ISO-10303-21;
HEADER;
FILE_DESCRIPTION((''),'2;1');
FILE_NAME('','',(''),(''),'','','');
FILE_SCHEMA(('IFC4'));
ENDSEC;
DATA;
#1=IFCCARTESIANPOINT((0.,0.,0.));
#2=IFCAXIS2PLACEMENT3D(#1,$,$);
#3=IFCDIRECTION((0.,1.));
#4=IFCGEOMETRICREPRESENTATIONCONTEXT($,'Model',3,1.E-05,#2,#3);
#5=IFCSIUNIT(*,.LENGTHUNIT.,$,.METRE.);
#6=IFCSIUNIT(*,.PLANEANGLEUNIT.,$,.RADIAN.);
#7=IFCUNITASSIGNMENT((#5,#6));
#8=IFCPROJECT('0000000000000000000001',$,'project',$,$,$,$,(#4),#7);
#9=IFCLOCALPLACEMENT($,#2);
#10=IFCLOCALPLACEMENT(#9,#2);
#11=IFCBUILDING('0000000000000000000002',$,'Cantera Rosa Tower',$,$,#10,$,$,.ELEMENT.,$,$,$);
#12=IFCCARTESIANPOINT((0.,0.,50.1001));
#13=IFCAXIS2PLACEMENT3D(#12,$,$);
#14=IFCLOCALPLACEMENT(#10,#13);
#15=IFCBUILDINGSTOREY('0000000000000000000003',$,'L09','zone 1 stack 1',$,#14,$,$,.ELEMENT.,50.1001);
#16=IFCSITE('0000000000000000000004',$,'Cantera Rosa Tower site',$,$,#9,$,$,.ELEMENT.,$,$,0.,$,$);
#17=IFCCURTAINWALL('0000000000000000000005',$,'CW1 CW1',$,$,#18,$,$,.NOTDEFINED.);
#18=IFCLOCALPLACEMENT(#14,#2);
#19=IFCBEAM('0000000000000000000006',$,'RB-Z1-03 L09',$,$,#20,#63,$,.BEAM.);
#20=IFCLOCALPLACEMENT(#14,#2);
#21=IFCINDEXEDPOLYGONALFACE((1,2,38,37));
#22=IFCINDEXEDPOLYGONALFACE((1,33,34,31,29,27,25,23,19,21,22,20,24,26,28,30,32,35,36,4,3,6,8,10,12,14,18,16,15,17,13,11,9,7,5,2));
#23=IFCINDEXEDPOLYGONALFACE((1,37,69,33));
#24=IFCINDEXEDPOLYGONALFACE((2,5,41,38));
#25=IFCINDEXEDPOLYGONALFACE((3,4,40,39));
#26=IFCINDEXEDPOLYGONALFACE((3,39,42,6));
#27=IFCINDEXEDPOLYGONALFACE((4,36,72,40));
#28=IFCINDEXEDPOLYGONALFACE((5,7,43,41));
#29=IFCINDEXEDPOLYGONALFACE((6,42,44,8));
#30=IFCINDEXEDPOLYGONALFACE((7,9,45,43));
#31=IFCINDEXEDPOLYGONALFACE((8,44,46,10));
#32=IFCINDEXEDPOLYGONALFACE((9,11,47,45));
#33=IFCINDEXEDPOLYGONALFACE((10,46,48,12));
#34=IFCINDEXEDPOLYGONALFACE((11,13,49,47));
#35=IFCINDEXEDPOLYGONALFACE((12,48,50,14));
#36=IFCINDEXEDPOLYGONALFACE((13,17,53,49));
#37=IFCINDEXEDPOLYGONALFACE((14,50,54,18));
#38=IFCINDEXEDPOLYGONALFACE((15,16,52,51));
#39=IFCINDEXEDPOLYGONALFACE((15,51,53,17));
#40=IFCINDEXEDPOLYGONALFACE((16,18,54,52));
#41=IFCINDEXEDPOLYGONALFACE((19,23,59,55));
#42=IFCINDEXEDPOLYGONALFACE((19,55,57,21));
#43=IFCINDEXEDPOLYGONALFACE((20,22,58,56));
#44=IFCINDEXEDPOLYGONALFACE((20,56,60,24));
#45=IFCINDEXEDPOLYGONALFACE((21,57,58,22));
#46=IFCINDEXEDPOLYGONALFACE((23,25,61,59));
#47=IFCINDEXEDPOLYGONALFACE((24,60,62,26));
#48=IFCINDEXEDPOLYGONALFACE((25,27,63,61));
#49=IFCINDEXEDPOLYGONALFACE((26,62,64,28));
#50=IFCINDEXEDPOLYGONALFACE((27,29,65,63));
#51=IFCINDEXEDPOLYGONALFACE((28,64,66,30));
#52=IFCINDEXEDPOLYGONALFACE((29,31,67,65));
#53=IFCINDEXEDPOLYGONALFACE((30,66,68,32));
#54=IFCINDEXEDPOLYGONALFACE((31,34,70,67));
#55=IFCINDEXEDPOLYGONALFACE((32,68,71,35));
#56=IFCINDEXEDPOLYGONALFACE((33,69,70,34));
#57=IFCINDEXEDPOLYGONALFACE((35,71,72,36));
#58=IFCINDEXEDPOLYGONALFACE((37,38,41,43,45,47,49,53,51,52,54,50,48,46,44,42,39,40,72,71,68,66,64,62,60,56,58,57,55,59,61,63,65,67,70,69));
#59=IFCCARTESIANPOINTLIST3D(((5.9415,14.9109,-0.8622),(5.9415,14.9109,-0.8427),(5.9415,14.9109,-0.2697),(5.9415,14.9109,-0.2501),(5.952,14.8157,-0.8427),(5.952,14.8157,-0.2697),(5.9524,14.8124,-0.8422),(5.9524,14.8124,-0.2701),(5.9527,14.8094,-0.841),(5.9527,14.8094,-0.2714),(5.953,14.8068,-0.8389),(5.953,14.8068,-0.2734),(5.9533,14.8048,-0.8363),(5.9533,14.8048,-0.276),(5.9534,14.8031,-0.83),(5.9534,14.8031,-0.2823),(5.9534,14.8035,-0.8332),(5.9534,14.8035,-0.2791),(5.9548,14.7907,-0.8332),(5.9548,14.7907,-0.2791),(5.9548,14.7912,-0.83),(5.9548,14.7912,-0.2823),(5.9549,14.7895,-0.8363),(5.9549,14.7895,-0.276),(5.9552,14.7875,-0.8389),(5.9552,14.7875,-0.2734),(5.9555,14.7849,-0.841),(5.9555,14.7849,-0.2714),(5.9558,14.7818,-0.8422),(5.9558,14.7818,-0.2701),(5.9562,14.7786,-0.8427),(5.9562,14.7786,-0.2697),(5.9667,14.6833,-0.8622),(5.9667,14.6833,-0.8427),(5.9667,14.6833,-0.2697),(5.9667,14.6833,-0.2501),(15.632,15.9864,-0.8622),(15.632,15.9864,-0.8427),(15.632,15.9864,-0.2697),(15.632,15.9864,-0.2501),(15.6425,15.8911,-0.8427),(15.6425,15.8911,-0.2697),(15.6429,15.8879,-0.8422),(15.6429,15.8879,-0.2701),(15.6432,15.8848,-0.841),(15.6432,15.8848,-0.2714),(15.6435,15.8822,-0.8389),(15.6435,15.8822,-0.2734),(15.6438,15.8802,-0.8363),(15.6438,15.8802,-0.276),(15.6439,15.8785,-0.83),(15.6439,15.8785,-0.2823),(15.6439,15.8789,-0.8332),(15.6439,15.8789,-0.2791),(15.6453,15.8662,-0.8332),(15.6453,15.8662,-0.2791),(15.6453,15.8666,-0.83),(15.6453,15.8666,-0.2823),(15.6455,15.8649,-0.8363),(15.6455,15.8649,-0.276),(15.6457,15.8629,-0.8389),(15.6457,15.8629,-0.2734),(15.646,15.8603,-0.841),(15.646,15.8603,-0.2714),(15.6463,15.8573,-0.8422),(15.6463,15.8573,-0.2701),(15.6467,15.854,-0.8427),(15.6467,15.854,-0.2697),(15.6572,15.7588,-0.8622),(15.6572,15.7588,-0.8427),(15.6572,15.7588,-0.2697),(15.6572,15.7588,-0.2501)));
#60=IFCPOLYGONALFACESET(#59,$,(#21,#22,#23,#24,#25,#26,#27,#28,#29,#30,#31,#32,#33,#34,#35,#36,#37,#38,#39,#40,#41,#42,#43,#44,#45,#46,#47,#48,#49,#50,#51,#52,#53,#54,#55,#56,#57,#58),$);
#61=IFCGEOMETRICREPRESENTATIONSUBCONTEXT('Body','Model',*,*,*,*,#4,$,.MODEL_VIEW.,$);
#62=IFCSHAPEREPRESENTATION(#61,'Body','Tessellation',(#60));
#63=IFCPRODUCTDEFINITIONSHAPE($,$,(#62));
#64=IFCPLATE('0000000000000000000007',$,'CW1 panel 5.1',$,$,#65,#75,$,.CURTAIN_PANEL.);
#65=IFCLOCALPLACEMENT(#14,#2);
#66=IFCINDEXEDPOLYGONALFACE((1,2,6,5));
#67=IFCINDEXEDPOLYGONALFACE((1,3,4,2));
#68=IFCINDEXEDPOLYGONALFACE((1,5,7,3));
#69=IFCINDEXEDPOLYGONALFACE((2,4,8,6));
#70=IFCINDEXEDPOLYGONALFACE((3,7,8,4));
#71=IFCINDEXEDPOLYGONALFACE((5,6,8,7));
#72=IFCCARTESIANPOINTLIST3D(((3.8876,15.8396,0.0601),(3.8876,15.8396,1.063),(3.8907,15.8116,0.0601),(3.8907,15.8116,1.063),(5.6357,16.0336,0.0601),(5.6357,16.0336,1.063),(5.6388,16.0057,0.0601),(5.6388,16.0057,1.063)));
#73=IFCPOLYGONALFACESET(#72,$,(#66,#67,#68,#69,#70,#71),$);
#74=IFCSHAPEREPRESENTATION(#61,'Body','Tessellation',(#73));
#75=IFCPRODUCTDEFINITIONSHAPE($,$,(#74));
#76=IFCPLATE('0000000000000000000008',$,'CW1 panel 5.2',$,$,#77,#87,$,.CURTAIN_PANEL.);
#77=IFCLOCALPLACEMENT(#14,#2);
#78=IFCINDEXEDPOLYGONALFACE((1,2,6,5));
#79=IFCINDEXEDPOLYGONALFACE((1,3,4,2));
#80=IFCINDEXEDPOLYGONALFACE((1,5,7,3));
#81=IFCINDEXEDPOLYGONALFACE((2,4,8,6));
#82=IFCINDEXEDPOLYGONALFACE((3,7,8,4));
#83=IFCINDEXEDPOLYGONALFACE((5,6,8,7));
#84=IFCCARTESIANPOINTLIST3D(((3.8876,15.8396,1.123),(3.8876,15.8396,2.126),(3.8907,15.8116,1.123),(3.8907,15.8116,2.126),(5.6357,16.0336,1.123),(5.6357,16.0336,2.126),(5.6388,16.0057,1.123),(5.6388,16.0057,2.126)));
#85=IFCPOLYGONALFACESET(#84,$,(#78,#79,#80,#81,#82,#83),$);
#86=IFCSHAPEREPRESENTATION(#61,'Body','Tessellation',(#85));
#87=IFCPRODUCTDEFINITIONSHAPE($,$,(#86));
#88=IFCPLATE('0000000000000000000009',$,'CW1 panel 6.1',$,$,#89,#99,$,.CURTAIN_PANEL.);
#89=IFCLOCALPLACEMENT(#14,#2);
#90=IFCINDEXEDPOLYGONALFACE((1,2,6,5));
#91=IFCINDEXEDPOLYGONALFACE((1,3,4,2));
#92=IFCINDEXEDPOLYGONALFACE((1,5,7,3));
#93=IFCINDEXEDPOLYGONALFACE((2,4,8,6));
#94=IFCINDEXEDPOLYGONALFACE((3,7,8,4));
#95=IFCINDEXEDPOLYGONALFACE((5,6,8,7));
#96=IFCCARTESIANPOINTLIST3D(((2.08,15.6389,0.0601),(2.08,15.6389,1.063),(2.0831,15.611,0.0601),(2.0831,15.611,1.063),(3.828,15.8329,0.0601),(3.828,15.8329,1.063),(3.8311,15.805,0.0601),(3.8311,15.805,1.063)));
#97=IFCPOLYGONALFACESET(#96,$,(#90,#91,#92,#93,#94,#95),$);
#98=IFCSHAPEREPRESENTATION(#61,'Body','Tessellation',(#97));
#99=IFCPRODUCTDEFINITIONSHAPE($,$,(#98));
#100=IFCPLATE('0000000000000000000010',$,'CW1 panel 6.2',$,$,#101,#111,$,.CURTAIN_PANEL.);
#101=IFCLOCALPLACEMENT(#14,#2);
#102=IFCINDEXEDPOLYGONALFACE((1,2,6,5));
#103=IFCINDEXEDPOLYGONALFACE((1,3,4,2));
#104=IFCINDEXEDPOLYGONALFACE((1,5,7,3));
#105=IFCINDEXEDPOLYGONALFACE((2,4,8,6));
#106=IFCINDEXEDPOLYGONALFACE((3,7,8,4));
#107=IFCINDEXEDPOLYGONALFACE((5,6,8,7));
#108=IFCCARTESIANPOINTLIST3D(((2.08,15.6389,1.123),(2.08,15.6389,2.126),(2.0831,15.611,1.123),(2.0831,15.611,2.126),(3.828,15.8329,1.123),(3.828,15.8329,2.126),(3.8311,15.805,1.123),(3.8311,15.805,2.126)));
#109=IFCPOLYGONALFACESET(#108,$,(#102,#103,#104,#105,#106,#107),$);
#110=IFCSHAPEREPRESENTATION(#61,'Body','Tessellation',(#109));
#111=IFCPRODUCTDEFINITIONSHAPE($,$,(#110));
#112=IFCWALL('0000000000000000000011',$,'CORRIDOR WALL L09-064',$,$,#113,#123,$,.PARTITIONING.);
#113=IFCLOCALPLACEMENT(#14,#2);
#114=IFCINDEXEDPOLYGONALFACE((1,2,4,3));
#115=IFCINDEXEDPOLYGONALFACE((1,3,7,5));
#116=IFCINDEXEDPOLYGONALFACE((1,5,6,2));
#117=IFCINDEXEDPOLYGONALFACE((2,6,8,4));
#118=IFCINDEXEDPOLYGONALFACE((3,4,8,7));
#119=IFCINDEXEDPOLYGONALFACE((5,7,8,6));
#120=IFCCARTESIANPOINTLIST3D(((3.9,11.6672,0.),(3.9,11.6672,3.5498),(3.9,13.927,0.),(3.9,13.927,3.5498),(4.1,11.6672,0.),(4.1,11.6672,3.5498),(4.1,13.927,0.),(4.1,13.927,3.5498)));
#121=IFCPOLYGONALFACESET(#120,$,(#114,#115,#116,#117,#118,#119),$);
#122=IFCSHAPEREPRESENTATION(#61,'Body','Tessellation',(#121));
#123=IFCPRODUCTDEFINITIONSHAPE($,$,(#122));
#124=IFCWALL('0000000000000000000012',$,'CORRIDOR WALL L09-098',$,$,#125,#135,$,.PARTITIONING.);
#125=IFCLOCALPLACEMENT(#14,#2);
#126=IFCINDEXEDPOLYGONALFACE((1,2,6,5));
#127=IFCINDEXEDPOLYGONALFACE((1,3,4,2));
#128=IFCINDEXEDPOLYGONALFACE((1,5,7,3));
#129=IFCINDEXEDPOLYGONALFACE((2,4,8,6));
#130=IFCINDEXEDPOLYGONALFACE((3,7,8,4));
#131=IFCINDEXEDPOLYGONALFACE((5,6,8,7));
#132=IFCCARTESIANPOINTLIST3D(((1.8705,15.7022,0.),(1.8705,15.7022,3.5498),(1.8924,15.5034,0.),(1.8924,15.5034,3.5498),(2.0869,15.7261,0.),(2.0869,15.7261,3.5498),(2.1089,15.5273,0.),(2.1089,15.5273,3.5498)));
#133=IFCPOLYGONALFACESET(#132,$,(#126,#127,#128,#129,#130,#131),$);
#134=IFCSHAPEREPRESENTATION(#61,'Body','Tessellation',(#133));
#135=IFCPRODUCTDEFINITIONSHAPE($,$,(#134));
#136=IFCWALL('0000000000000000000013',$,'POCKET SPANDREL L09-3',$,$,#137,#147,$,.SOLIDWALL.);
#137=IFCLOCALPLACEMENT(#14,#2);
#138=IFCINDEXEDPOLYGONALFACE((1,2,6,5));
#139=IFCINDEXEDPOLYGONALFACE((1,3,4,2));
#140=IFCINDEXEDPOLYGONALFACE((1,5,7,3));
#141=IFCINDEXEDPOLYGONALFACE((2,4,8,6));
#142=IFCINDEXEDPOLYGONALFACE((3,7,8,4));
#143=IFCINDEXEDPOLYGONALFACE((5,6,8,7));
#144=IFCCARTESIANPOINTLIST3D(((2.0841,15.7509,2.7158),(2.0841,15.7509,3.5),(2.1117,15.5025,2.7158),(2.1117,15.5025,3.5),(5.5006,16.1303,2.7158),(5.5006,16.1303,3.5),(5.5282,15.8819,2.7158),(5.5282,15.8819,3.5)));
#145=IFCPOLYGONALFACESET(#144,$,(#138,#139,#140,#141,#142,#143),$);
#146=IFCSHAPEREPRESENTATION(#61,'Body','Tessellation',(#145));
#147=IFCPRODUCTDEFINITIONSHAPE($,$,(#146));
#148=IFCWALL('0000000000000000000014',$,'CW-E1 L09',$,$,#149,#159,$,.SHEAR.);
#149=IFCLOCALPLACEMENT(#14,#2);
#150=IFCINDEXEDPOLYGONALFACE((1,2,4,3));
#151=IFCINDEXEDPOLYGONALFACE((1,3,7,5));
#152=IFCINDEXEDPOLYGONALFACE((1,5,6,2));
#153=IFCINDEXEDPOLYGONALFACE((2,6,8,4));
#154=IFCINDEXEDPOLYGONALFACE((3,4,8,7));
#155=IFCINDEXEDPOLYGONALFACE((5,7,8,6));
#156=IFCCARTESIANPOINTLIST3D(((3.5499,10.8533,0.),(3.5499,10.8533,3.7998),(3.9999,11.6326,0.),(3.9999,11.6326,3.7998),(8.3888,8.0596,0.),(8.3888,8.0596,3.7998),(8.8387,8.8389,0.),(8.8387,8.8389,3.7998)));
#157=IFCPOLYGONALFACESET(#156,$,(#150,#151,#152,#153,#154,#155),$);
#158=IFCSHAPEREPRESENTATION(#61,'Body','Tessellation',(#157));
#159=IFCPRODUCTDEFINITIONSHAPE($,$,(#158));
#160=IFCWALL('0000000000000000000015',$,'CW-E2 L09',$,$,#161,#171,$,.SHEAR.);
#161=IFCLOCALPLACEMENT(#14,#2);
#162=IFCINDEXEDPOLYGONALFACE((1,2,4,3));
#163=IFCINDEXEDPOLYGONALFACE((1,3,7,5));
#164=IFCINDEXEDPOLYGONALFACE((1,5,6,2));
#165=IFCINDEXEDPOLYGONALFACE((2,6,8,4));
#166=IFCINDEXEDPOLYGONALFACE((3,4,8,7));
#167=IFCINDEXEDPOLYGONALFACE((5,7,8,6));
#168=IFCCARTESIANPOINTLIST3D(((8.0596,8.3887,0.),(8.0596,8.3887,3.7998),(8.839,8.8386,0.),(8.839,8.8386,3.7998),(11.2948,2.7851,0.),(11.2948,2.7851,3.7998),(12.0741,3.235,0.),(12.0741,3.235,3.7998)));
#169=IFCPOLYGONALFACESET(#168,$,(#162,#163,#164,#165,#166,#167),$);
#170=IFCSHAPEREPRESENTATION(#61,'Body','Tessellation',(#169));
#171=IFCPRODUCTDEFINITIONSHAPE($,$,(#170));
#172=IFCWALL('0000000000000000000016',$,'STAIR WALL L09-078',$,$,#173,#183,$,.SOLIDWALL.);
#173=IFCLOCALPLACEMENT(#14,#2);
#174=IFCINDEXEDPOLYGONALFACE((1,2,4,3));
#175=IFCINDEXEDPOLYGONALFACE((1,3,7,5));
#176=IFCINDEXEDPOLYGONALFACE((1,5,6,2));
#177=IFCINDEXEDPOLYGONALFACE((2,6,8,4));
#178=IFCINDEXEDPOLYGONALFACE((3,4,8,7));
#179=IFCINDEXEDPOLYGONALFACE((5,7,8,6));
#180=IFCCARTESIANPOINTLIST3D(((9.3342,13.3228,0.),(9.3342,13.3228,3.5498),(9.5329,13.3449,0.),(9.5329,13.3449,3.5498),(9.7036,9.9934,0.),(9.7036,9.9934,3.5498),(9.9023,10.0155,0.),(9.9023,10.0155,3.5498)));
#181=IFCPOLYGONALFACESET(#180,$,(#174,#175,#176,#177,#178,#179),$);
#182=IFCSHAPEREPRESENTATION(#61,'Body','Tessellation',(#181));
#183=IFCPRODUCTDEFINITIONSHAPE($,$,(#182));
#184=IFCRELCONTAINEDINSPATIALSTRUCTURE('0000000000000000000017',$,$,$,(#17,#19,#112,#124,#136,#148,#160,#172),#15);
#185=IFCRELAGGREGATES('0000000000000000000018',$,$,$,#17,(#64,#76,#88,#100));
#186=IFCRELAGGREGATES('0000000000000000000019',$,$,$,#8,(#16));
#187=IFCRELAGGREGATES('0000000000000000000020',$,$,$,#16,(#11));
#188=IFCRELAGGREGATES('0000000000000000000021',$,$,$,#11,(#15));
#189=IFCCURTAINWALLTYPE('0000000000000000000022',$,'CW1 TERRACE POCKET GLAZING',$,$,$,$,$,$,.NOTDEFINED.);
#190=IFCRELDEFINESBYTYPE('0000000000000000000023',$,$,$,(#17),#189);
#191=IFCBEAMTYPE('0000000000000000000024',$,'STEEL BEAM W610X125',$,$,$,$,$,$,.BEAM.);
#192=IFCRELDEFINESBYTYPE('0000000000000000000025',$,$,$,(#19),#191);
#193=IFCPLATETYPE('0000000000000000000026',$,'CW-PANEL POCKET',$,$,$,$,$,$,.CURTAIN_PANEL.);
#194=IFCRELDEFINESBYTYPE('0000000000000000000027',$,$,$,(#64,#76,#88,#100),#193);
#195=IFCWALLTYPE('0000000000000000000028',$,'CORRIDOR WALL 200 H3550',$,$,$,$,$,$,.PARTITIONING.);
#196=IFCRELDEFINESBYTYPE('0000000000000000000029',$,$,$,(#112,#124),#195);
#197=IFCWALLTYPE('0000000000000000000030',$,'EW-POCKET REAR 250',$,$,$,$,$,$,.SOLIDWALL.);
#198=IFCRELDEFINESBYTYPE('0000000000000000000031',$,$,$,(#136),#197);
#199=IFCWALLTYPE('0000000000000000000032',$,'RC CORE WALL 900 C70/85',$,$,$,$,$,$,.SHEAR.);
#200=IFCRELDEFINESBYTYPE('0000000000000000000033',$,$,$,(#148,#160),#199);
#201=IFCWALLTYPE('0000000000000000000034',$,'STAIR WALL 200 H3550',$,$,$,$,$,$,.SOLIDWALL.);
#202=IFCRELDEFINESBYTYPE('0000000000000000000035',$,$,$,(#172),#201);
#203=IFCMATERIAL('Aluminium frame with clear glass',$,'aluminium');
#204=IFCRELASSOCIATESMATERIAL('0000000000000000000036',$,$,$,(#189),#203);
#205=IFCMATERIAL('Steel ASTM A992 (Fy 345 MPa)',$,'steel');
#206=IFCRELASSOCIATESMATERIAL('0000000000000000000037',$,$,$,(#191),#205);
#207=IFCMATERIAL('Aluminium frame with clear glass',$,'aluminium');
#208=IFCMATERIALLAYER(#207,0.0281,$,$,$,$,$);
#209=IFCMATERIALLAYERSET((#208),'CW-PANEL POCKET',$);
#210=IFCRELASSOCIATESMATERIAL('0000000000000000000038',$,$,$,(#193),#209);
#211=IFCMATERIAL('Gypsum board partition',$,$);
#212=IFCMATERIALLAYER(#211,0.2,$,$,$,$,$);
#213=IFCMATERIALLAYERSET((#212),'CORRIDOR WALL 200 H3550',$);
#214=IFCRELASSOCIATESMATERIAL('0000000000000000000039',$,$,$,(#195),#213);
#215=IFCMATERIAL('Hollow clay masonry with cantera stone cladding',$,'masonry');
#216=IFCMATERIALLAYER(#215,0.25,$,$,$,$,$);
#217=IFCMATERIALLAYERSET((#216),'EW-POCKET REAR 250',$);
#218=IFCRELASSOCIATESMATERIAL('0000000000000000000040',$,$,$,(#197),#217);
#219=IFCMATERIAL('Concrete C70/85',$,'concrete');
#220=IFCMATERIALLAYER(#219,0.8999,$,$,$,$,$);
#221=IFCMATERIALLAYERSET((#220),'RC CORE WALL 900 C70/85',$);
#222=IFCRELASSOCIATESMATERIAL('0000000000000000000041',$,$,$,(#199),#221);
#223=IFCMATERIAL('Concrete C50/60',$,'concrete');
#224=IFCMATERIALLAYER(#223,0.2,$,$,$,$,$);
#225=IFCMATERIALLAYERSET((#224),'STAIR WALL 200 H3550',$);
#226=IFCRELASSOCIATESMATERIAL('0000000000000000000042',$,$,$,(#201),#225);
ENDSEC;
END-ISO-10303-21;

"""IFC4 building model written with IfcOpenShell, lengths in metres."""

from ifc_helpers import new_model, si_unit, direction, frame, frame_2d, origin, origin_2d, place, context, subcontext, project, spatial, rectangle, i_section, extrude, material, layer, layer_set, material_profile, profile_set, type_object, element, aggregate, save


model = new_model("IFC4")

# Units and contexts
model_context = context("Model", 3, precision=1e-05, world=origin(), true_north=direction((0.0, 1.0)))
body_context = subcontext(model_context, "Body", "Model", "MODEL_VIEW")
ifc_project = project(units=[si_unit("LENGTHUNIT", "METRE"), si_unit("PLANEANGLEUNIT", "RADIAN")], contexts=[model_context])

# Site, building, storey
site_placement = place(None, origin())
site = spatial("IfcSite", under=ifc_project, at=site_placement, Name="Cantera Rosa Tower site", CompositionType="ELEMENT", RefElevation=0.0)
building_placement = place(site_placement, origin())
building = spatial("IfcBuilding", under=site, at=building_placement, Name="Cantera Rosa Tower", CompositionType="ELEMENT")
storey_placement = place(building_placement, frame((0.0, 0.0, 50.1001)))
storey = spatial("IfcBuildingStorey", under=building, at=storey_placement, Name="L09", Description="zone 1 stack 1", CompositionType="ELEMENT", Elevation=50.1001)

# Curtain wall
ifc_material_1 = material(Name="Aluminium frame with clear glass", Category="aluminium")
curtain_wall_type = type_object("IfcCurtainWallType", Name="CW1 TERRACE POCKET GLAZING", PredefinedType="NOTDEFINED", material=ifc_material_1)
curtain_wall_placement = place(storey_placement, origin())
curtain_wall = element("IfcCurtainWall", 1, at=curtain_wall_placement, inside=storey, type_object=curtain_wall_type, Name="CW1 CW1", PredefinedType="NOTDEFINED")

# Beam
ifc_material_2 = material(Name="Steel ASTM A992 (Fy 345 MPa)", Category="steel")
ifc_material_profile_1 = material_profile(ifc_material_2, i_section(OverallWidth=0.229, OverallDepth=0.6121, WebThickness=0.012, FlangeThickness=0.0195, FilletRadius=0.0127, at=origin_2d()), Name="W610X125")
ifc_profile_set_1 = profile_set([ifc_material_profile_1], Name="Steel ASTM A992 (Fy 345 MPa)")
beam_type = type_object("IfcBeamType", Name="STEEL BEAM W610X125", PredefinedType="BEAM", material=ifc_profile_set_1)
beam_placement = place(storey_placement, frame((5.9541, 14.7971, -0.5562), z_axis=(0.993898, 0.110302, 0.0), x_axis=(-0.110302, 0.993898, 0.0)))
element("IfcBeam", 2, at=beam_placement, inside=storey, type_object=beam_type, Name="RB-Z1-03 L09", PredefinedType="BEAM", context=body_context, shape_type="SweptSolid", body=[
    extrude(i_section(OverallWidth=0.229, OverallDepth=0.6121, WebThickness=0.012, FlangeThickness=0.0195, FilletRadius=0.0127, at=origin_2d()), origin(), (0.0, 0.0, 1.0), 9.75),
])

# Plates
ifc_material_3 = material(Name="Aluminium frame with clear glass", Category="aluminium")
ifc_layer_1 = layer(ifc_material_3, 0.0281)
ifc_layer_set_1 = layer_set([ifc_layer_1], Name="CW-PANEL POCKET")
plate_type = type_object("IfcPlateType", Name="CW-PANEL POCKET", PredefinedType="CURTAIN_PANEL", material=ifc_layer_set_1)
plate_1_placement = place(storey_placement, frame((4.7632, 15.9226, 0.0601), z_axis=(0.0, 0.0, 1.0), x_axis=(-0.993897, -0.110313, 0.0)))
plate_1 = element("IfcPlate", 3, at=plate_1_placement, type_object=plate_type, Name="CW1 panel 5.1", PredefinedType="CURTAIN_PANEL", context=body_context, shape_type="SweptSolid", body=[
    extrude(rectangle(XDim=1.7588, YDim=0.0281, at=origin_2d()), origin(), (0.0, 0.0, 1.0), 1.0029),
])
plate_2_placement = place(storey_placement, frame((4.7632, 15.9226, 1.123), z_axis=(0.0, 0.0, 1.0), x_axis=(-0.993897, -0.110313, 0.0)))
plate_2 = element("IfcPlate", 4, at=plate_2_placement, type_object=plate_type, Name="CW1 panel 5.2", PredefinedType="CURTAIN_PANEL", context=body_context, shape_type="SweptSolid", body=[
    extrude(rectangle(XDim=1.7588, YDim=0.0281, at=origin_2d()), origin(), (0.0, 0.0, 1.0), 1.0029),
])
plate_3_placement = place(storey_placement, frame((2.9556, 15.7219, 0.0601), z_axis=(0.0, 0.0, 1.0), x_axis=(-0.993897, -0.110313, 0.0)))
plate_3 = element("IfcPlate", 5, at=plate_3_placement, type_object=plate_type, Name="CW1 panel 6.1", PredefinedType="CURTAIN_PANEL", context=body_context, shape_type="SweptSolid", body=[
    extrude(rectangle(XDim=1.7588, YDim=0.0281, at=origin_2d()), origin(), (0.0, 0.0, 1.0), 1.0029),
])
plate_4_placement = place(storey_placement, frame((2.9556, 15.7219, 1.123), z_axis=(0.0, 0.0, 1.0), x_axis=(-0.993897, -0.110313, 0.0)))
plate_4 = element("IfcPlate", 6, at=plate_4_placement, type_object=plate_type, Name="CW1 panel 6.2", PredefinedType="CURTAIN_PANEL", context=body_context, shape_type="SweptSolid", body=[
    extrude(rectangle(XDim=1.7588, YDim=0.0281, at=origin_2d()), origin(), (0.0, 0.0, 1.0), 1.0029),
])
aggregate(curtain_wall, [plate_1, plate_2, plate_3, plate_4])

# Walls
ifc_material_4 = material(Name="Gypsum board partition")
ifc_layer_2 = layer(ifc_material_4, 0.2)
ifc_layer_set_2 = layer_set([ifc_layer_2], Name="CORRIDOR WALL 200 H3550")
wall_type_1 = type_object("IfcWallType", Name="CORRIDOR WALL 200 H3550", PredefinedType="PARTITIONING", material=ifc_layer_set_2)
wall_1_placement = place(storey_placement, frame((4.0, 11.6672, 0.0), z_axis=(0.0, 0.0, 1.0), x_axis=(0.0, 1.0, 0.0)))
element("IfcWall", 7, at=wall_1_placement, inside=storey, type_object=wall_type_1, Name="CORRIDOR WALL L09-064", PredefinedType="PARTITIONING", context=body_context, shape_type="SweptSolid", body=[
    extrude(rectangle(XDim=2.2598, YDim=0.2, at=frame_2d((1.1299, 0.0))), origin(), (0.0, 0.0, 1.0), 3.5498),
])
wall_2_placement = place(storey_placement, frame((2.0979, 15.6267, 0.0), z_axis=(0.0, 0.0, 1.0), x_axis=(-0.993952, -0.109817, 0.0)))
element("IfcWall", 8, at=wall_2_placement, inside=storey, type_object=wall_type_1, Name="CORRIDOR WALL L09-098", PredefinedType="PARTITIONING", context=body_context, shape_type="SweptSolid", body=[
    extrude(rectangle(XDim=0.2178, YDim=0.2, at=frame_2d((0.1089, 0.0))), origin(), (0.0, 0.0, 1.0), 3.5498),
])
ifc_material_5 = material(Name="Hollow clay masonry with cantera stone cladding", Category="masonry")
ifc_layer_3 = layer(ifc_material_5, 0.25)
ifc_layer_set_3 = layer_set([ifc_layer_3], Name="EW-POCKET REAR 250")
wall_type_2 = type_object("IfcWallType", Name="EW-POCKET REAR 250", PredefinedType="SOLIDWALL", material=ifc_layer_set_3)
wall_3_placement = place(storey_placement, frame((5.5144, 16.0061, 2.7158), z_axis=(0.0, 0.0, 1.0), x_axis=(-0.993891, -0.110369, 0.0)))
element("IfcWall", 9, at=wall_3_placement, inside=storey, type_object=wall_type_2, Name="POCKET SPANDREL L09-3", PredefinedType="SOLIDWALL", context=body_context, shape_type="SweptSolid", body=[
    extrude(rectangle(XDim=3.4375, YDim=0.25, at=frame_2d((1.7188, 0.0))), origin(), (0.0, 0.0, 1.0), 0.7842),
])
ifc_material_6 = material(Name="Concrete C70/85", Category="concrete")
ifc_layer_4 = layer(ifc_material_6, 0.8999)
ifc_layer_set_4 = layer_set([ifc_layer_4], Name="RC CORE WALL 900 C70/85")
wall_type_3 = type_object("IfcWallType", Name="RC CORE WALL 900 C70/85", PredefinedType="SHEAR", material=ifc_layer_set_4)
wall_4_placement = place(storey_placement, frame((3.7749, 11.2429, 0.0), z_axis=(0.0, 0.0, 1.0), x_axis=(0.866027, -0.499997, 0.0)))
element("IfcWall", 10, at=wall_4_placement, inside=storey, type_object=wall_type_3, Name="CW-E1 L09", PredefinedType="SHEAR", context=body_context, shape_type="SweptSolid", body=[
    extrude(rectangle(XDim=5.5874, YDim=0.8999, at=frame_2d((2.7937, 0.0))), origin(), (0.0, 0.0, 1.0), 3.7998),
])
wall_5_placement = place(storey_placement, frame((8.4492, 8.6138, 0.0), z_axis=(0.0, 0.0, 1.0), x_axis=(0.49999, -0.866031, 0.0)))
element("IfcWall", 11, at=wall_5_placement, inside=storey, type_object=wall_type_3, Name="CW-E2 L09", PredefinedType="SHEAR", context=body_context, shape_type="SweptSolid", body=[
    extrude(rectangle(XDim=6.4705, YDim=0.8999, at=frame_2d((3.2354, 0.0))), origin(), (0.0, 0.0, 1.0), 3.7998),
])
ifc_material_7 = material(Name="Concrete C50/60", Category="concrete")
ifc_layer_5 = layer(ifc_material_7, 0.2)
ifc_layer_set_5 = layer_set([ifc_layer_5], Name="STAIR WALL 200 H3550")
wall_type_4 = type_object("IfcWallType", Name="STAIR WALL 200 H3550", PredefinedType="SOLIDWALL", material=ifc_layer_set_5)
wall_6_placement = place(storey_placement, frame((9.4336, 13.3337, 0.0), z_axis=(0.0, 0.0, 1.0), x_axis=(0.110272, -0.993901, 0.0)))
element("IfcWall", 12, at=wall_6_placement, inside=storey, type_object=wall_type_4, Name="STAIR WALL L09-078", PredefinedType="SOLIDWALL", context=body_context, shape_type="SweptSolid", body=[
    extrude(rectangle(XDim=3.3499, YDim=0.2, at=frame_2d((1.6748, 0.0))), origin(), (0.0, 0.0, 1.0), 3.5498),
])

save(model, "model.ifc")
